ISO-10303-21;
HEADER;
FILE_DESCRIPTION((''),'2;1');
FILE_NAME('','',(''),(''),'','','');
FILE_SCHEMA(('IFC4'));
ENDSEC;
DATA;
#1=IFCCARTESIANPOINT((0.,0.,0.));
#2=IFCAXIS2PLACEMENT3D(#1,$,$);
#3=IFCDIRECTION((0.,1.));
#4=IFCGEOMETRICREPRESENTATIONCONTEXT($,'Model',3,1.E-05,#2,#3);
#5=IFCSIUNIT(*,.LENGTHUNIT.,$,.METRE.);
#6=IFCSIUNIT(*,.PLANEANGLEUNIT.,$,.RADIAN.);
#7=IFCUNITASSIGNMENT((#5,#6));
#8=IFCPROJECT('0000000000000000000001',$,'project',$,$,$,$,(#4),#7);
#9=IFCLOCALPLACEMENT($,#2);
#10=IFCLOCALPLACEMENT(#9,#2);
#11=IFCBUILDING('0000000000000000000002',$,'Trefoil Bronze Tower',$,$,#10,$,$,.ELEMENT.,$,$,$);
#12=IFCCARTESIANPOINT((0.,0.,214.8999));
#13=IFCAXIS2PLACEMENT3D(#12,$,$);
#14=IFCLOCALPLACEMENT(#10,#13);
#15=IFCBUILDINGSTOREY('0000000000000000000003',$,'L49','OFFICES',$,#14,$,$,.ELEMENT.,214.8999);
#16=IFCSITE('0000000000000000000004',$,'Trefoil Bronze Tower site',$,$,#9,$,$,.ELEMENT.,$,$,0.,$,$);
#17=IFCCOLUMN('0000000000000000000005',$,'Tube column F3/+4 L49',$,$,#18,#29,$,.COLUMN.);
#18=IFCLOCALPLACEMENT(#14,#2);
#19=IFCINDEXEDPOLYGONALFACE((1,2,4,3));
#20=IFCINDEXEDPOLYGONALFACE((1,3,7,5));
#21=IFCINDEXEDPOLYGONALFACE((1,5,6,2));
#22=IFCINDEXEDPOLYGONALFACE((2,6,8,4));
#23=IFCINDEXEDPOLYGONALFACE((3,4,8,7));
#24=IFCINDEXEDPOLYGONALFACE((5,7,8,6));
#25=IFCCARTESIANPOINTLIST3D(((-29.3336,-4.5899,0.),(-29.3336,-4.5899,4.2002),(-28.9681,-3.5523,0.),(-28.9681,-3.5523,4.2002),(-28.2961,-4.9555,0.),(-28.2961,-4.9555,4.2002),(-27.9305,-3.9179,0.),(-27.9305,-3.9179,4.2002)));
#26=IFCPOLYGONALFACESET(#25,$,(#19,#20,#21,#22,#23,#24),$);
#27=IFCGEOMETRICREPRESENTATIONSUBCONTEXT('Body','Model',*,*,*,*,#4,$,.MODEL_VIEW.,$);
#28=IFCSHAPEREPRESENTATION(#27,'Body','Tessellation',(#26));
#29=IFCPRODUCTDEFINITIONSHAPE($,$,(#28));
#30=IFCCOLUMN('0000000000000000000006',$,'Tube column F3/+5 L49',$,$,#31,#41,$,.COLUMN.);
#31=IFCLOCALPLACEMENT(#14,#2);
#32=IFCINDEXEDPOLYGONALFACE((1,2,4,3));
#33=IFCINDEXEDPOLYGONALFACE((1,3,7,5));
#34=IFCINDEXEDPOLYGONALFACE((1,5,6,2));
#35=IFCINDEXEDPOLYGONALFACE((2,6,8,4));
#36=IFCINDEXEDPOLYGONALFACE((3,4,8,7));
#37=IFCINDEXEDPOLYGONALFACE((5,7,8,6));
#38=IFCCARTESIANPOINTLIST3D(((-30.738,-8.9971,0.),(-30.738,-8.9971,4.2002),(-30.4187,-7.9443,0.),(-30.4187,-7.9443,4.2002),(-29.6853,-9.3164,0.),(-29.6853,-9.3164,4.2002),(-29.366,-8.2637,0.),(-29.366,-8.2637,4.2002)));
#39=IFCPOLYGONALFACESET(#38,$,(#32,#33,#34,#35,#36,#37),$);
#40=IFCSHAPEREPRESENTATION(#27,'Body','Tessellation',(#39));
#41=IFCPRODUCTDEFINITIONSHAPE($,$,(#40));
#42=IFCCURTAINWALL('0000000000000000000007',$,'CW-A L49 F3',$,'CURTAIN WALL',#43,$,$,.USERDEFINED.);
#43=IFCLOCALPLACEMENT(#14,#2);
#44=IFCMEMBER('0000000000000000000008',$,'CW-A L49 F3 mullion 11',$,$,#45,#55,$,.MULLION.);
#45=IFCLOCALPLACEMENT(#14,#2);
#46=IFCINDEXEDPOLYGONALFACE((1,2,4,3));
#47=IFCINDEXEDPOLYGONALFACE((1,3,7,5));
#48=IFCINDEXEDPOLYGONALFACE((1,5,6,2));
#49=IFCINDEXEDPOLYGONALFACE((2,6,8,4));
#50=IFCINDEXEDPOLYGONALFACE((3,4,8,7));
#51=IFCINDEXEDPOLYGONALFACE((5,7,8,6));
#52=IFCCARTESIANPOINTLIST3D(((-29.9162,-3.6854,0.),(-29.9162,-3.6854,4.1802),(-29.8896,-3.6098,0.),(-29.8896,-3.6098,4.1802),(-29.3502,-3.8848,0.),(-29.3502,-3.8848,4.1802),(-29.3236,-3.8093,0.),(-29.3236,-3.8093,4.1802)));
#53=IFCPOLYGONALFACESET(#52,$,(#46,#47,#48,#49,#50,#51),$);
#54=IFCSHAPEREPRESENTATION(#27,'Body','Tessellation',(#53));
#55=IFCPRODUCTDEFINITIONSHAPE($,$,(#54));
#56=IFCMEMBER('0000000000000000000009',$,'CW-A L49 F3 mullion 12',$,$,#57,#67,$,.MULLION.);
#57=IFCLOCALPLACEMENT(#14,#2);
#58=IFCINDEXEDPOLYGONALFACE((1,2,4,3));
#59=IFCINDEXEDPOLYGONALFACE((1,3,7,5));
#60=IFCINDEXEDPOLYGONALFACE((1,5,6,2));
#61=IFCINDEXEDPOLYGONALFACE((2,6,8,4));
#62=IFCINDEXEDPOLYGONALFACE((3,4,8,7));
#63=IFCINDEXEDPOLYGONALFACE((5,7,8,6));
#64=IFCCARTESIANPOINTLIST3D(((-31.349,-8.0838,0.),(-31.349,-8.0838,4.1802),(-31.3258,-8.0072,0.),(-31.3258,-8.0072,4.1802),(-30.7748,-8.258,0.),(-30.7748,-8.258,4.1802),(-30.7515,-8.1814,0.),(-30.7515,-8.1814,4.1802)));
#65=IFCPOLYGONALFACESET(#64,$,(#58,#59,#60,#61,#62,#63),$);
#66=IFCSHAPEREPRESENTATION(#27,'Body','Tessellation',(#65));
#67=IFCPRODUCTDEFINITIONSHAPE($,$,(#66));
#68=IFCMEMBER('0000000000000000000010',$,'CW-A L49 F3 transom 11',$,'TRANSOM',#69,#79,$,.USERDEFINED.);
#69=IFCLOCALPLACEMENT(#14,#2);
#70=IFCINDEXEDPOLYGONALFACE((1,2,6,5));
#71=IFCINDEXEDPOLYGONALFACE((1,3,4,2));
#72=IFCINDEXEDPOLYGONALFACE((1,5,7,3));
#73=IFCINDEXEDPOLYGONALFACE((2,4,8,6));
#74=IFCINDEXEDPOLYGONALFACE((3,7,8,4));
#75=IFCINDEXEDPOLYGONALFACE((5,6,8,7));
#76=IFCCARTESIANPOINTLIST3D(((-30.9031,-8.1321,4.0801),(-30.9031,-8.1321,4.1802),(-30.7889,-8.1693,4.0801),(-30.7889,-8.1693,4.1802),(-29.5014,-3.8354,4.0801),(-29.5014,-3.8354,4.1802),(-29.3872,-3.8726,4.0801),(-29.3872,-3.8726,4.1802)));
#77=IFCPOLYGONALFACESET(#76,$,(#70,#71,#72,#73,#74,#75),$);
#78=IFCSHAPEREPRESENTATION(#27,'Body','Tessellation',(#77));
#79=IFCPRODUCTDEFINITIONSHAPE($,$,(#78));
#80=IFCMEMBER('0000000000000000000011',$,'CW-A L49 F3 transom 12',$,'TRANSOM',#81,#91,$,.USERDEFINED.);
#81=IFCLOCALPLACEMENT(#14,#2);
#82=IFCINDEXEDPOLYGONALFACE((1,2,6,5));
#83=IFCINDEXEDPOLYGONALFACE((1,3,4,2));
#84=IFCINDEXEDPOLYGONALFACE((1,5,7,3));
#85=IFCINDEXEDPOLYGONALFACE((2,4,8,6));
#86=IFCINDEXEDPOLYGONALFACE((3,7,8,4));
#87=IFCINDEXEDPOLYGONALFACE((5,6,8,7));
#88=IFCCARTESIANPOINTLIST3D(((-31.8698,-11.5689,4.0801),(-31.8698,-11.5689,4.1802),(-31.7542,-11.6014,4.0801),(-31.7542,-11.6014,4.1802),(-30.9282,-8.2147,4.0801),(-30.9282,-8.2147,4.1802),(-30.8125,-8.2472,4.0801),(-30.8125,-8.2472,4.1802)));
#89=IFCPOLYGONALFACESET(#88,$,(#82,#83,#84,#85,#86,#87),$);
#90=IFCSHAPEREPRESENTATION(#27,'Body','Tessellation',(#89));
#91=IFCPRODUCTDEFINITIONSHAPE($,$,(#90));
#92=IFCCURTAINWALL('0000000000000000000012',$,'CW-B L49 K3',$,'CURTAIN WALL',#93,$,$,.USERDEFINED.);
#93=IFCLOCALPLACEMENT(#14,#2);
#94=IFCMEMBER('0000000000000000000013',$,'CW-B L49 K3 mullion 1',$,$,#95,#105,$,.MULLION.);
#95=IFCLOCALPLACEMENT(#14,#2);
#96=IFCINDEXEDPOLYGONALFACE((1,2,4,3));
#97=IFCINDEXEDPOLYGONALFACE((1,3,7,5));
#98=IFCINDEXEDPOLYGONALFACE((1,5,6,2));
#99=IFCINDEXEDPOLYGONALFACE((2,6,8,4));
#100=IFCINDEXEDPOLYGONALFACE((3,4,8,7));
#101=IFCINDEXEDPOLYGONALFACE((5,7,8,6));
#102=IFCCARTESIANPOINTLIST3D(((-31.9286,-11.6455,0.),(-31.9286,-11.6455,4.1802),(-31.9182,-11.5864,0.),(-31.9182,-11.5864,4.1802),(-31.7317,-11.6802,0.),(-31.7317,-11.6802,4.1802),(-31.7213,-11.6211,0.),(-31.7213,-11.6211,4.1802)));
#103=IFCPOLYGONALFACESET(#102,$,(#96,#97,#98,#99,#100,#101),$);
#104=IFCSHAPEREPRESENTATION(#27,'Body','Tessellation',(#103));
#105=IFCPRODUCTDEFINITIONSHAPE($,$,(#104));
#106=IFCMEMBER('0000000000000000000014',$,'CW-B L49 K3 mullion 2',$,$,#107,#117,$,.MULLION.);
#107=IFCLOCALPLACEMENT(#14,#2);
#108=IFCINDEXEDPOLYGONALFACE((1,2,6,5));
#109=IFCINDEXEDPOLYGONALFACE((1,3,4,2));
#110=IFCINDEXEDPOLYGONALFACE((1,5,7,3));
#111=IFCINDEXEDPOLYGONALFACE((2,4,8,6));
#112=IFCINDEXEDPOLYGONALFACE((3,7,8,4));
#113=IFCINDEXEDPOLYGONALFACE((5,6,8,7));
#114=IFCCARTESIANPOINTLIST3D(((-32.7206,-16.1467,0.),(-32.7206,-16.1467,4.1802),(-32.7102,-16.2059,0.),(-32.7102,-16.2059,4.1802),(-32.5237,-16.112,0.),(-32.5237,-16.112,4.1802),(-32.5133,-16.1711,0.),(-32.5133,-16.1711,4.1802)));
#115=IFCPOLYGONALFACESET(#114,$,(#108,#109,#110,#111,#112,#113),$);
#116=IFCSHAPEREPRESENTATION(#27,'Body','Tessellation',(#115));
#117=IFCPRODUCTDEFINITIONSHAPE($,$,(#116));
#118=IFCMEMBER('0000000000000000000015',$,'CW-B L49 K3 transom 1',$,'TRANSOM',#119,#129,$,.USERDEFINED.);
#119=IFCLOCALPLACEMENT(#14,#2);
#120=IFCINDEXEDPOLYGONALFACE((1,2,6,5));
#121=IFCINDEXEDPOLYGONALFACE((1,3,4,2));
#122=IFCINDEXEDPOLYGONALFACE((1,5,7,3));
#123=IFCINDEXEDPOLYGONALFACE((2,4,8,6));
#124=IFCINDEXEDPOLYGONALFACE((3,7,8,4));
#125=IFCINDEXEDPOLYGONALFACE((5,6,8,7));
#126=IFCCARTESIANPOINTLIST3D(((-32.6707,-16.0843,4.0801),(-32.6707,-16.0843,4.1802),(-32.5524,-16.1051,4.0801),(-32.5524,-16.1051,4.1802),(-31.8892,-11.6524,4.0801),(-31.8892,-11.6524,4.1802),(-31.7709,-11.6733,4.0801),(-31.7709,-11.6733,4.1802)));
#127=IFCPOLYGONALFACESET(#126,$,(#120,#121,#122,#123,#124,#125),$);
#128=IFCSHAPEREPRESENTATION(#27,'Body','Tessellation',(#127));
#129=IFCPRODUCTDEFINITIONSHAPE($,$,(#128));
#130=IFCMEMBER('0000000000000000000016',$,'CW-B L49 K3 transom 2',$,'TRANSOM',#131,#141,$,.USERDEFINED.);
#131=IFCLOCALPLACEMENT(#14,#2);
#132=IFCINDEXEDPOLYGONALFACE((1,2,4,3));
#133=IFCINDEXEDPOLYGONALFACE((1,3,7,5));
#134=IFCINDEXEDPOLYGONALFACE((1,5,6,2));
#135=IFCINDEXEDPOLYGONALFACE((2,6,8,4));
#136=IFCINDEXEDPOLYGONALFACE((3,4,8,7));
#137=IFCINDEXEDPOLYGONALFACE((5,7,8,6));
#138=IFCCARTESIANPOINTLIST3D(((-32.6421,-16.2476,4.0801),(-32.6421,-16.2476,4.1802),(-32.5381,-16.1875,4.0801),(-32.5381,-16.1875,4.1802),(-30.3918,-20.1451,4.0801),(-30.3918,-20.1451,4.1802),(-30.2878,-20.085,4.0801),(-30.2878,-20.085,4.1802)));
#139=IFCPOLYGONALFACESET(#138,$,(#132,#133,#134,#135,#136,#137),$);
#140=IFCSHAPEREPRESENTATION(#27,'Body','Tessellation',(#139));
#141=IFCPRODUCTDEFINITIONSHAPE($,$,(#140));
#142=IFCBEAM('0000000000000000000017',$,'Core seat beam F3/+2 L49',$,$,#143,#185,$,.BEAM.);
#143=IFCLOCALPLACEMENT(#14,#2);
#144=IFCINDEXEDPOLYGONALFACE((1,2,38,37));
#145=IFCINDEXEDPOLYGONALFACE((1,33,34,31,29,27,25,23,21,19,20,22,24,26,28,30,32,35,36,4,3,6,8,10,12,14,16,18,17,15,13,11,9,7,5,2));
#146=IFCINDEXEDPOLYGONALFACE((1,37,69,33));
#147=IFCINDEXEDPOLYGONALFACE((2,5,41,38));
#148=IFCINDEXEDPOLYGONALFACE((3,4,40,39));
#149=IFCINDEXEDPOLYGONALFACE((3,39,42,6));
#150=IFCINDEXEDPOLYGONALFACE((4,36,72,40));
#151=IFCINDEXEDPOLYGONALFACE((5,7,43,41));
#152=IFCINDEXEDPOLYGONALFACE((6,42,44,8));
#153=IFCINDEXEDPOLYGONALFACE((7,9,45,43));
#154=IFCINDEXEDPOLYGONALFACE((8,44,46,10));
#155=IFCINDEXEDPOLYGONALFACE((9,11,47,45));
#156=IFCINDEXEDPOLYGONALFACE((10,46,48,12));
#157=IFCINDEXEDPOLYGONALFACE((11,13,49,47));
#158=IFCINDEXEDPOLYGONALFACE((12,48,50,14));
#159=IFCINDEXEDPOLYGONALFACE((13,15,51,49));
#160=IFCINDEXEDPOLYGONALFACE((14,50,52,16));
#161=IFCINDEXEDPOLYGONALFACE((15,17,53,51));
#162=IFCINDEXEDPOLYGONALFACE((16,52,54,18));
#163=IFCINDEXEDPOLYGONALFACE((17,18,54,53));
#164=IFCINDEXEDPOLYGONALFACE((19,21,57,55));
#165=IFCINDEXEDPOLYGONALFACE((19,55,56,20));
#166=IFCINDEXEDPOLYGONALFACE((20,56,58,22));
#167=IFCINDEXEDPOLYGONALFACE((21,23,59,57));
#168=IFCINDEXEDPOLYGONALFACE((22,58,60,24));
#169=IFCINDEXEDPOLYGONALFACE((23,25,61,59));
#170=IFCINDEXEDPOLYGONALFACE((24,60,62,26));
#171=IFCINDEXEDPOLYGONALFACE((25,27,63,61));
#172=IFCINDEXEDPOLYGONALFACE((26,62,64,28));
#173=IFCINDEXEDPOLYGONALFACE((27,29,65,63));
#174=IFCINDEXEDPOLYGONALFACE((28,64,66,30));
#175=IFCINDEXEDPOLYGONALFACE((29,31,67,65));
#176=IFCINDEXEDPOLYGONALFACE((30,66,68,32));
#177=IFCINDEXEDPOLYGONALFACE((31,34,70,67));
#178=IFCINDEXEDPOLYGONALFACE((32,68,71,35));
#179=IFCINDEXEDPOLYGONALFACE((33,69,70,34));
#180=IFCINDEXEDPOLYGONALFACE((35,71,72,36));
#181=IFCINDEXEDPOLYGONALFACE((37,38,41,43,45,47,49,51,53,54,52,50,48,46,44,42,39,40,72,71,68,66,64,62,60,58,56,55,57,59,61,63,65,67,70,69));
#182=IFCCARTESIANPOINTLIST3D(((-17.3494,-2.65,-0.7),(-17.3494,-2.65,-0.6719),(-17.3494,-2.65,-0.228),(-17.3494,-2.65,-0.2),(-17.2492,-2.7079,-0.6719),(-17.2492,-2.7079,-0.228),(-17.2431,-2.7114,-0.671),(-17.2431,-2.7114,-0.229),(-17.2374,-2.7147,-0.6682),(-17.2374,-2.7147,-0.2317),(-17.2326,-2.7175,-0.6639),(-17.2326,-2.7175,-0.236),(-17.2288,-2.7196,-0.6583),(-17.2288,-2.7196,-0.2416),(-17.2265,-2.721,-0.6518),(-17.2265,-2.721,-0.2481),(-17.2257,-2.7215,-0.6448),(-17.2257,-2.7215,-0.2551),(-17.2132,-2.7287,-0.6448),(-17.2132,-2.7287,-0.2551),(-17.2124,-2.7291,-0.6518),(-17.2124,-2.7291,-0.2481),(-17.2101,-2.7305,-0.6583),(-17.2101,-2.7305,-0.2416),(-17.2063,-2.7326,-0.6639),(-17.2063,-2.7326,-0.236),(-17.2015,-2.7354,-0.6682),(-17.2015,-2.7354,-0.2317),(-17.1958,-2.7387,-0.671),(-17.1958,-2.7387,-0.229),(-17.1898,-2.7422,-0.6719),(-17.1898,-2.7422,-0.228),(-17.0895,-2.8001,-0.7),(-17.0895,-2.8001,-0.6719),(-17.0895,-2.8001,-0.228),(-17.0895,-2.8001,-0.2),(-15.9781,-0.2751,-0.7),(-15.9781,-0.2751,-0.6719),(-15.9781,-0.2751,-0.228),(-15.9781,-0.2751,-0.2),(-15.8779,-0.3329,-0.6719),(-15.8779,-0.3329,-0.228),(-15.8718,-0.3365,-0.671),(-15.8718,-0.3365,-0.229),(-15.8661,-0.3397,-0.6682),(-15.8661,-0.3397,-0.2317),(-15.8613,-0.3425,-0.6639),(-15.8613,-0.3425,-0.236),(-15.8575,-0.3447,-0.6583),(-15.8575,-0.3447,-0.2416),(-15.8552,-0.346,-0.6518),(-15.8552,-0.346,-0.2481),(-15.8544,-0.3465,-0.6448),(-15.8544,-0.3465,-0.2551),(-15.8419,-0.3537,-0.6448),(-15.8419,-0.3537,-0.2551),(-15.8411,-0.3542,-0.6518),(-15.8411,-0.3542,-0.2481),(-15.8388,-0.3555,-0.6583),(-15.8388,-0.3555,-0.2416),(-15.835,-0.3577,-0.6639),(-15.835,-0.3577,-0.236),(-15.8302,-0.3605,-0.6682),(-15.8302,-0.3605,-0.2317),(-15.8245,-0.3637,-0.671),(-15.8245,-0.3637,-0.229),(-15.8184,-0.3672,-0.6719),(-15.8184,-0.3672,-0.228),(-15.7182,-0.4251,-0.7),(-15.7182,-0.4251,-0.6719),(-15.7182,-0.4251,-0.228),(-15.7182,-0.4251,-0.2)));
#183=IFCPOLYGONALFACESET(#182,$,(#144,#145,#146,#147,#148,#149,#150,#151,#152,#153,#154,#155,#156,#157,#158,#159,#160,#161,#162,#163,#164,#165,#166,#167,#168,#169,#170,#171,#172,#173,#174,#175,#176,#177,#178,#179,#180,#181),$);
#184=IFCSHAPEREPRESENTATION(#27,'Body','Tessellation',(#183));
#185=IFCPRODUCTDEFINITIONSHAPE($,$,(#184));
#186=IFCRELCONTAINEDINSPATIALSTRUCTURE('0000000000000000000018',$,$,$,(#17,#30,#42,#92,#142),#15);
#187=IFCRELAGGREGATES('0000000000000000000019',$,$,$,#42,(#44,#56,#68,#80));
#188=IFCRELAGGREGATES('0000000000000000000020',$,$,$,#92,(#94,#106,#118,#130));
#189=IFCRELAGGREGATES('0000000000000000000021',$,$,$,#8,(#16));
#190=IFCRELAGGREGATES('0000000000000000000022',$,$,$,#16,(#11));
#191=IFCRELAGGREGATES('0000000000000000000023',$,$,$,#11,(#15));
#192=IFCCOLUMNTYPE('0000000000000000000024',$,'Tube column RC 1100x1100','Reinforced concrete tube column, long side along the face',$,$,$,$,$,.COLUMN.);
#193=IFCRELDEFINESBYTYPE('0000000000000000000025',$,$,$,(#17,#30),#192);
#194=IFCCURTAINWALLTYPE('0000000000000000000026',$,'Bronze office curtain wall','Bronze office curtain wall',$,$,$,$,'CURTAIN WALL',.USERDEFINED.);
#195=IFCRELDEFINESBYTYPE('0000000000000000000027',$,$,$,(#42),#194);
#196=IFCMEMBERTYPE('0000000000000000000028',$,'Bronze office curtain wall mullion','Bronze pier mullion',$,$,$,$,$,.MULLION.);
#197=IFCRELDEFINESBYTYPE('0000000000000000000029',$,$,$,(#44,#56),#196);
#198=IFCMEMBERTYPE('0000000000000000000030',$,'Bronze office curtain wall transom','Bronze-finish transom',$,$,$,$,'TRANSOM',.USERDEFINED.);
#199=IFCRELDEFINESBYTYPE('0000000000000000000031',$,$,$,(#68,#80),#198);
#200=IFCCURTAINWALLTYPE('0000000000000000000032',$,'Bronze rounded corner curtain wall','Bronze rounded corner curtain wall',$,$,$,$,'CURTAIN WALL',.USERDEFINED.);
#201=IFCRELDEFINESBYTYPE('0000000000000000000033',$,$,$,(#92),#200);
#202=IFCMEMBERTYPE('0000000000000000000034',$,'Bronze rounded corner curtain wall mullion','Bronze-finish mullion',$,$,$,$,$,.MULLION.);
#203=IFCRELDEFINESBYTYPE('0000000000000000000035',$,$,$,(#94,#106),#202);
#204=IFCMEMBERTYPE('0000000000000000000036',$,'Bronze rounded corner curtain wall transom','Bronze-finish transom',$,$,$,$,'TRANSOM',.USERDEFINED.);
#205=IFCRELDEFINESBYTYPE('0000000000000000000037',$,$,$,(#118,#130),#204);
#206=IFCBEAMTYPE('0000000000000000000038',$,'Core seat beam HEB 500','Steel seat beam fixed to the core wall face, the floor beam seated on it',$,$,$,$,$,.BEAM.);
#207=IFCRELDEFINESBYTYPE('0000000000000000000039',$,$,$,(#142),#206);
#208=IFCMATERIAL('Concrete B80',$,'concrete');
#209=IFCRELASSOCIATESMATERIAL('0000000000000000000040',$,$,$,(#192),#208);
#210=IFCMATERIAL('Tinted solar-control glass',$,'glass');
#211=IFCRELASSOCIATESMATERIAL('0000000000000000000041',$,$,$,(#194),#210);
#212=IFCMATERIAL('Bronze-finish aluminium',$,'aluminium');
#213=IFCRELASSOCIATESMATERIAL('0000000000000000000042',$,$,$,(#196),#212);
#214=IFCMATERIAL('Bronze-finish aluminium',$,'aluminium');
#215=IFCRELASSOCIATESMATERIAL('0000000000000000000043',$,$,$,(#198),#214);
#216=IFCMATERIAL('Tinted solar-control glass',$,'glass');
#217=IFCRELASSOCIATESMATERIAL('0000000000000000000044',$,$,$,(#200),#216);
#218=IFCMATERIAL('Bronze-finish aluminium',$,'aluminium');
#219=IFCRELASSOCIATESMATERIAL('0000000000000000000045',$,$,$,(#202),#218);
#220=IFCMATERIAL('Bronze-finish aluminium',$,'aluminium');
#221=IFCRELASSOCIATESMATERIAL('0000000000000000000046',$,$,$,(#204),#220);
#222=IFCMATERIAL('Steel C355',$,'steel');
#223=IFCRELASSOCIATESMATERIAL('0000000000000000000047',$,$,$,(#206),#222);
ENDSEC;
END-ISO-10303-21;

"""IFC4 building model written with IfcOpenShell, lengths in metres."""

from ifc_helpers import new_model, si_unit, direction, frame, origin, origin_2d, place, context, subcontext, project, spatial, rectangle, i_section, extrude, material, material_profile, profile_set, type_object, element, aggregate, save


model = new_model("IFC4")

# Units and contexts
model_context = context("Model", 3, precision=1e-05, world=origin(), true_north=direction((0.0, 1.0)))
body_context = subcontext(model_context, "Body", "Model", "MODEL_VIEW")
ifc_project = project(units=[si_unit("LENGTHUNIT", "METRE"), si_unit("PLANEANGLEUNIT", "RADIAN")], contexts=[model_context])

# Site, building, storey
site_placement = place(None, origin())
site = spatial("IfcSite", under=ifc_project, at=site_placement, Name="Trefoil Bronze Tower site", CompositionType="ELEMENT", RefElevation=0.0)
building_placement = place(site_placement, origin())
building = spatial("IfcBuilding", under=site, at=building_placement, Name="Trefoil Bronze Tower", CompositionType="ELEMENT")
storey_placement = place(building_placement, frame((0.0, 0.0, 214.8999)))
storey = spatial("IfcBuildingStorey", under=building, at=storey_placement, Name="L49", Description="OFFICES", CompositionType="ELEMENT", Elevation=214.8999)

# Columns
ifc_material_1 = material(Name="Concrete B80", Category="concrete")
ifc_material_profile_1 = material_profile(ifc_material_1, rectangle(XDim=1.1001, YDim=1.1001, at=origin_2d()), Name="RC 1100x1100")
ifc_profile_set_1 = profile_set([ifc_material_profile_1], Name="Concrete B80")
column_type = type_object("IfcColumnType", Name="Tube column RC 1100x1100", Description="Reinforced concrete tube column, long side along the face", PredefinedType="COLUMN", material=ifc_profile_set_1)
for number, where, z_axis, x_axis, name in (
    (1, (-28.6321, -4.2539, 0.0), (0.0, 0.0, 1.0), (-0.332282, -0.94318, 0.0), "Tube column F3/+4 L49"),
    (2, (-30.052, -8.6304, 0.0), (0.0, 0.0, 1.0), (-0.290278, -0.956942, 0.0), "Tube column F3/+5 L49"),
):
    element("IfcColumn", number, at=place(storey_placement, frame(where, z_axis=z_axis, x_axis=x_axis)), inside=storey, type_object=column_type, Name=name, PredefinedType="COLUMN", context=body_context, shape_type="SweptSolid", body=[
        extrude(rectangle(XDim=1.1001, YDim=1.1001, at=origin_2d()), origin(), (0.0, 0.0, 1.0), 4.2002),
    ])

# Curtain walls, members
ifc_material_2 = material(Name="Tinted solar-control glass", Category="glass")
curtain_wall_type_1 = type_object("IfcCurtainWallType", Name="Bronze office curtain wall", Description="Bronze office curtain wall", ElementType="CURTAIN WALL", PredefinedType="USERDEFINED", material=ifc_material_2)
curtain_wall_1_placement = place(storey_placement, origin())
curtain_wall_1 = element("IfcCurtainWall", 3, at=curtain_wall_1_placement, inside=storey, type_object=curtain_wall_type_1, Name="CW-A L49 F3", ObjectType="CURTAIN WALL", PredefinedType="USERDEFINED")
ifc_material_3 = material(Name="Bronze-finish aluminium", Category="aluminium")
ifc_material_profile_2 = material_profile(ifc_material_3, rectangle(XDim=0.6001, YDim=0.0801, at=origin_2d()), Name="CW-A mullion")
ifc_profile_set_2 = profile_set([ifc_material_profile_2], Name="Bronze-finish aluminium")
member_type_1 = type_object("IfcMemberType", Name="Bronze office curtain wall mullion", Description="Bronze pier mullion", PredefinedType="MULLION", material=ifc_profile_set_2)
member_1_placement = place(storey_placement, frame((-29.6199, -3.7473, 0.0), z_axis=(0.0, 0.0, 1.0), x_axis=(0.94318, -0.332282, 0.0)))
member_1 = element("IfcMember", 4, at=member_1_placement, type_object=member_type_1, Name="CW-A L49 F3 mullion 11", PredefinedType="MULLION", context=body_context, shape_type="SweptSolid", body=[
    extrude(rectangle(XDim=0.6001, YDim=0.0801, at=origin_2d()), origin(), (0.0, 0.0, 1.0), 4.1802),
])
member_2_placement = place(storey_placement, frame((-31.0503, -8.1326, 0.0), z_axis=(0.0, 0.0, 1.0), x_axis=(0.956942, -0.290278, 0.0)))
member_2 = element("IfcMember", 5, at=member_2_placement, type_object=member_type_1, Name="CW-A L49 F3 mullion 12", PredefinedType="MULLION", context=body_context, shape_type="SweptSolid", body=[
    extrude(rectangle(XDim=0.6001, YDim=0.0801, at=origin_2d()), origin(), (0.0, 0.0, 1.0), 4.1802),
])
ifc_material_4 = material(Name="Bronze-finish aluminium", Category="aluminium")
ifc_material_profile_3 = material_profile(ifc_material_4, rectangle(XDim=0.1201, YDim=0.1001, at=origin_2d()), Name="CW-A transom")
ifc_profile_set_3 = profile_set([ifc_material_profile_3], Name="Bronze-finish aluminium")
member_type_2 = type_object("IfcMemberType", Name="Bronze office curtain wall transom", Description="Bronze-finish transom", ElementType="TRANSOM", PredefinedType="USERDEFINED", material=ifc_profile_set_3)
member_3_placement = place(storey_placement, frame((-29.4443, -3.854, 4.1301), z_axis=(-0.310128, -0.950695, 0.0), x_axis=(0.950695, -0.310128, 0.0)))
member_3 = element("IfcMember", 6, at=member_3_placement, type_object=member_type_2, Name="CW-A L49 F3 transom 11", ObjectType="TRANSOM", PredefinedType="USERDEFINED", context=body_context, shape_type="SweptSolid", body=[
    extrude(rectangle(XDim=0.1201, YDim=0.1001, at=origin_2d()), origin(), (0.0, 0.0, 1.0), 4.5195),
])
member_4_placement = place(storey_placement, frame((-30.8704, -8.231, 4.1301), z_axis=(-0.270285, -0.96278, 0.0), x_axis=(0.96278, -0.270285, 0.0)))
member_4 = element("IfcMember", 7, at=member_4_placement, type_object=member_type_2, Name="CW-A L49 F3 transom 12", ObjectType="TRANSOM", PredefinedType="USERDEFINED", context=body_context, shape_type="SweptSolid", body=[
    extrude(rectangle(XDim=0.1201, YDim=0.1001, at=origin_2d()), origin(), (0.0, 0.0, 1.0), 3.4839),
])
ifc_material_5 = material(Name="Tinted solar-control glass", Category="glass")
curtain_wall_type_2 = type_object("IfcCurtainWallType", Name="Bronze rounded corner curtain wall", Description="Bronze rounded corner curtain wall", ElementType="CURTAIN WALL", PredefinedType="USERDEFINED", material=ifc_material_5)
curtain_wall_2_placement = place(storey_placement, origin())
curtain_wall_2 = element("IfcCurtainWall", 8, at=curtain_wall_2_placement, inside=storey, type_object=curtain_wall_type_2, Name="CW-B L49 K3", ObjectType="CURTAIN WALL", PredefinedType="USERDEFINED")
ifc_material_6 = material(Name="Bronze-finish aluminium", Category="aluminium")
ifc_material_profile_4 = material_profile(ifc_material_6, rectangle(XDim=0.2, YDim=0.0601, at=origin_2d()), Name="CW-B mullion")
ifc_profile_set_4 = profile_set([ifc_material_profile_4], Name="Bronze-finish aluminium")
member_type_3 = type_object("IfcMemberType", Name="Bronze rounded corner curtain wall mullion", Description="Bronze-finish mullion", PredefinedType="MULLION", material=ifc_profile_set_4)
member_5_placement = place(storey_placement, frame((-31.825, -11.6333, 0.0), z_axis=(0.0, 0.0, 1.0), x_axis=(0.984808, -0.173648, 0.0)))
member_5 = element("IfcMember", 9, at=member_5_placement, type_object=member_type_3, Name="CW-B L49 K3 mullion 1", PredefinedType="MULLION", context=body_context, shape_type="SweptSolid", body=[
    extrude(rectangle(XDim=0.2, YDim=0.0601, at=origin_2d()), origin(), (0.0, 0.0, 1.0), 4.1802),
])
member_6_placement = place(storey_placement, frame((-32.6169, -16.1589, 0.0), z_axis=(0.0, 0.0, 1.0), x_axis=(0.984808, 0.173648, 0.0)))
member_6 = element("IfcMember", 10, at=member_6_placement, type_object=member_type_3, Name="CW-B L49 K3 mullion 2", PredefinedType="MULLION", context=body_context, shape_type="SweptSolid", body=[
    extrude(rectangle(XDim=0.2, YDim=0.0601, at=origin_2d()), origin(), (0.0, 0.0, 1.0), 4.1802),
])
ifc_material_7 = material(Name="Bronze-finish aluminium", Category="aluminium")
ifc_material_profile_5 = material_profile(ifc_material_7, rectangle(XDim=0.1201, YDim=0.1001, at=origin_2d()), Name="CW-B transom")
ifc_profile_set_5 = profile_set([ifc_material_profile_5], Name="Bronze-finish aluminium")
member_type_4 = type_object("IfcMemberType", Name="Bronze rounded corner curtain wall transom", Description="Bronze-finish transom", ElementType="TRANSOM", PredefinedType="USERDEFINED", material=ifc_profile_set_5)
member_7_placement = place(storey_placement, frame((-31.8301, -11.6628, 4.1301), z_axis=(-0.173655, -0.984806, 0.0), x_axis=(0.984806, -0.173655, 0.0)))
member_7 = element("IfcMember", 11, at=member_7_placement, type_object=member_type_4, Name="CW-B L49 K3 transom 1", ObjectType="TRANSOM", PredefinedType="USERDEFINED", context=body_context, shape_type="SweptSolid", body=[
    extrude(rectangle(XDim=0.1201, YDim=0.1001, at=origin_2d()), origin(), (0.0, 0.0, 1.0), 4.5002),
])
member_8_placement = place(storey_placement, frame((-32.5901, -16.2175, 4.1301), z_axis=(0.500007, -0.866021, 0.0), x_axis=(0.866021, 0.500007, 0.0)))
member_8 = element("IfcMember", 12, at=member_8_placement, type_object=member_type_4, Name="CW-B L49 K3 transom 2", ObjectType="TRANSOM", PredefinedType="USERDEFINED", context=body_context, shape_type="SweptSolid", body=[
    extrude(rectangle(XDim=0.1201, YDim=0.1001, at=origin_2d()), origin(), (0.0, 0.0, 1.0), 4.5005),
])

# Beam
ifc_material_8 = material(Name="Steel C355", Category="steel")
ifc_material_profile_6 = material_profile(ifc_material_8, i_section(OverallWidth=0.3, OverallDepth=0.5, WebThickness=0.0144, FlangeThickness=0.0281, FilletRadius=0.0271, at=origin_2d()), Name="HEB 500")
ifc_profile_set_6 = profile_set([ifc_material_profile_6], Name="Steel C355")
beam_type_1 = type_object("IfcBeamType", Name="Core seat beam HEB 500", Description="Steel seat beam fixed to the core wall face, the floor beam seated on it", PredefinedType="BEAM", material=ifc_profile_set_6)
beam_1_placement = place(storey_placement, frame((-15.8481, -0.3501, -0.45), z_axis=(-0.500036, -0.866005, 0.0), x_axis=(0.866005, -0.500036, 0.0)))
element("IfcBeam", 13, at=beam_1_placement, inside=storey, type_object=beam_type_1, Name="Core seat beam F3/+2 L49", PredefinedType="BEAM", context=body_context, shape_type="SweptSolid", body=[
    extrude(i_section(OverallWidth=0.3, OverallDepth=0.5, WebThickness=0.0144, FlangeThickness=0.0281, FilletRadius=0.0271, at=origin_2d()), origin(), (0.0, 0.0, 1.0), 2.7424),
])

aggregate(curtain_wall_1, [member_1, member_2, member_3, member_4])
aggregate(curtain_wall_2, [member_5, member_6, member_7, member_8])

save(model, "model.ifc")
